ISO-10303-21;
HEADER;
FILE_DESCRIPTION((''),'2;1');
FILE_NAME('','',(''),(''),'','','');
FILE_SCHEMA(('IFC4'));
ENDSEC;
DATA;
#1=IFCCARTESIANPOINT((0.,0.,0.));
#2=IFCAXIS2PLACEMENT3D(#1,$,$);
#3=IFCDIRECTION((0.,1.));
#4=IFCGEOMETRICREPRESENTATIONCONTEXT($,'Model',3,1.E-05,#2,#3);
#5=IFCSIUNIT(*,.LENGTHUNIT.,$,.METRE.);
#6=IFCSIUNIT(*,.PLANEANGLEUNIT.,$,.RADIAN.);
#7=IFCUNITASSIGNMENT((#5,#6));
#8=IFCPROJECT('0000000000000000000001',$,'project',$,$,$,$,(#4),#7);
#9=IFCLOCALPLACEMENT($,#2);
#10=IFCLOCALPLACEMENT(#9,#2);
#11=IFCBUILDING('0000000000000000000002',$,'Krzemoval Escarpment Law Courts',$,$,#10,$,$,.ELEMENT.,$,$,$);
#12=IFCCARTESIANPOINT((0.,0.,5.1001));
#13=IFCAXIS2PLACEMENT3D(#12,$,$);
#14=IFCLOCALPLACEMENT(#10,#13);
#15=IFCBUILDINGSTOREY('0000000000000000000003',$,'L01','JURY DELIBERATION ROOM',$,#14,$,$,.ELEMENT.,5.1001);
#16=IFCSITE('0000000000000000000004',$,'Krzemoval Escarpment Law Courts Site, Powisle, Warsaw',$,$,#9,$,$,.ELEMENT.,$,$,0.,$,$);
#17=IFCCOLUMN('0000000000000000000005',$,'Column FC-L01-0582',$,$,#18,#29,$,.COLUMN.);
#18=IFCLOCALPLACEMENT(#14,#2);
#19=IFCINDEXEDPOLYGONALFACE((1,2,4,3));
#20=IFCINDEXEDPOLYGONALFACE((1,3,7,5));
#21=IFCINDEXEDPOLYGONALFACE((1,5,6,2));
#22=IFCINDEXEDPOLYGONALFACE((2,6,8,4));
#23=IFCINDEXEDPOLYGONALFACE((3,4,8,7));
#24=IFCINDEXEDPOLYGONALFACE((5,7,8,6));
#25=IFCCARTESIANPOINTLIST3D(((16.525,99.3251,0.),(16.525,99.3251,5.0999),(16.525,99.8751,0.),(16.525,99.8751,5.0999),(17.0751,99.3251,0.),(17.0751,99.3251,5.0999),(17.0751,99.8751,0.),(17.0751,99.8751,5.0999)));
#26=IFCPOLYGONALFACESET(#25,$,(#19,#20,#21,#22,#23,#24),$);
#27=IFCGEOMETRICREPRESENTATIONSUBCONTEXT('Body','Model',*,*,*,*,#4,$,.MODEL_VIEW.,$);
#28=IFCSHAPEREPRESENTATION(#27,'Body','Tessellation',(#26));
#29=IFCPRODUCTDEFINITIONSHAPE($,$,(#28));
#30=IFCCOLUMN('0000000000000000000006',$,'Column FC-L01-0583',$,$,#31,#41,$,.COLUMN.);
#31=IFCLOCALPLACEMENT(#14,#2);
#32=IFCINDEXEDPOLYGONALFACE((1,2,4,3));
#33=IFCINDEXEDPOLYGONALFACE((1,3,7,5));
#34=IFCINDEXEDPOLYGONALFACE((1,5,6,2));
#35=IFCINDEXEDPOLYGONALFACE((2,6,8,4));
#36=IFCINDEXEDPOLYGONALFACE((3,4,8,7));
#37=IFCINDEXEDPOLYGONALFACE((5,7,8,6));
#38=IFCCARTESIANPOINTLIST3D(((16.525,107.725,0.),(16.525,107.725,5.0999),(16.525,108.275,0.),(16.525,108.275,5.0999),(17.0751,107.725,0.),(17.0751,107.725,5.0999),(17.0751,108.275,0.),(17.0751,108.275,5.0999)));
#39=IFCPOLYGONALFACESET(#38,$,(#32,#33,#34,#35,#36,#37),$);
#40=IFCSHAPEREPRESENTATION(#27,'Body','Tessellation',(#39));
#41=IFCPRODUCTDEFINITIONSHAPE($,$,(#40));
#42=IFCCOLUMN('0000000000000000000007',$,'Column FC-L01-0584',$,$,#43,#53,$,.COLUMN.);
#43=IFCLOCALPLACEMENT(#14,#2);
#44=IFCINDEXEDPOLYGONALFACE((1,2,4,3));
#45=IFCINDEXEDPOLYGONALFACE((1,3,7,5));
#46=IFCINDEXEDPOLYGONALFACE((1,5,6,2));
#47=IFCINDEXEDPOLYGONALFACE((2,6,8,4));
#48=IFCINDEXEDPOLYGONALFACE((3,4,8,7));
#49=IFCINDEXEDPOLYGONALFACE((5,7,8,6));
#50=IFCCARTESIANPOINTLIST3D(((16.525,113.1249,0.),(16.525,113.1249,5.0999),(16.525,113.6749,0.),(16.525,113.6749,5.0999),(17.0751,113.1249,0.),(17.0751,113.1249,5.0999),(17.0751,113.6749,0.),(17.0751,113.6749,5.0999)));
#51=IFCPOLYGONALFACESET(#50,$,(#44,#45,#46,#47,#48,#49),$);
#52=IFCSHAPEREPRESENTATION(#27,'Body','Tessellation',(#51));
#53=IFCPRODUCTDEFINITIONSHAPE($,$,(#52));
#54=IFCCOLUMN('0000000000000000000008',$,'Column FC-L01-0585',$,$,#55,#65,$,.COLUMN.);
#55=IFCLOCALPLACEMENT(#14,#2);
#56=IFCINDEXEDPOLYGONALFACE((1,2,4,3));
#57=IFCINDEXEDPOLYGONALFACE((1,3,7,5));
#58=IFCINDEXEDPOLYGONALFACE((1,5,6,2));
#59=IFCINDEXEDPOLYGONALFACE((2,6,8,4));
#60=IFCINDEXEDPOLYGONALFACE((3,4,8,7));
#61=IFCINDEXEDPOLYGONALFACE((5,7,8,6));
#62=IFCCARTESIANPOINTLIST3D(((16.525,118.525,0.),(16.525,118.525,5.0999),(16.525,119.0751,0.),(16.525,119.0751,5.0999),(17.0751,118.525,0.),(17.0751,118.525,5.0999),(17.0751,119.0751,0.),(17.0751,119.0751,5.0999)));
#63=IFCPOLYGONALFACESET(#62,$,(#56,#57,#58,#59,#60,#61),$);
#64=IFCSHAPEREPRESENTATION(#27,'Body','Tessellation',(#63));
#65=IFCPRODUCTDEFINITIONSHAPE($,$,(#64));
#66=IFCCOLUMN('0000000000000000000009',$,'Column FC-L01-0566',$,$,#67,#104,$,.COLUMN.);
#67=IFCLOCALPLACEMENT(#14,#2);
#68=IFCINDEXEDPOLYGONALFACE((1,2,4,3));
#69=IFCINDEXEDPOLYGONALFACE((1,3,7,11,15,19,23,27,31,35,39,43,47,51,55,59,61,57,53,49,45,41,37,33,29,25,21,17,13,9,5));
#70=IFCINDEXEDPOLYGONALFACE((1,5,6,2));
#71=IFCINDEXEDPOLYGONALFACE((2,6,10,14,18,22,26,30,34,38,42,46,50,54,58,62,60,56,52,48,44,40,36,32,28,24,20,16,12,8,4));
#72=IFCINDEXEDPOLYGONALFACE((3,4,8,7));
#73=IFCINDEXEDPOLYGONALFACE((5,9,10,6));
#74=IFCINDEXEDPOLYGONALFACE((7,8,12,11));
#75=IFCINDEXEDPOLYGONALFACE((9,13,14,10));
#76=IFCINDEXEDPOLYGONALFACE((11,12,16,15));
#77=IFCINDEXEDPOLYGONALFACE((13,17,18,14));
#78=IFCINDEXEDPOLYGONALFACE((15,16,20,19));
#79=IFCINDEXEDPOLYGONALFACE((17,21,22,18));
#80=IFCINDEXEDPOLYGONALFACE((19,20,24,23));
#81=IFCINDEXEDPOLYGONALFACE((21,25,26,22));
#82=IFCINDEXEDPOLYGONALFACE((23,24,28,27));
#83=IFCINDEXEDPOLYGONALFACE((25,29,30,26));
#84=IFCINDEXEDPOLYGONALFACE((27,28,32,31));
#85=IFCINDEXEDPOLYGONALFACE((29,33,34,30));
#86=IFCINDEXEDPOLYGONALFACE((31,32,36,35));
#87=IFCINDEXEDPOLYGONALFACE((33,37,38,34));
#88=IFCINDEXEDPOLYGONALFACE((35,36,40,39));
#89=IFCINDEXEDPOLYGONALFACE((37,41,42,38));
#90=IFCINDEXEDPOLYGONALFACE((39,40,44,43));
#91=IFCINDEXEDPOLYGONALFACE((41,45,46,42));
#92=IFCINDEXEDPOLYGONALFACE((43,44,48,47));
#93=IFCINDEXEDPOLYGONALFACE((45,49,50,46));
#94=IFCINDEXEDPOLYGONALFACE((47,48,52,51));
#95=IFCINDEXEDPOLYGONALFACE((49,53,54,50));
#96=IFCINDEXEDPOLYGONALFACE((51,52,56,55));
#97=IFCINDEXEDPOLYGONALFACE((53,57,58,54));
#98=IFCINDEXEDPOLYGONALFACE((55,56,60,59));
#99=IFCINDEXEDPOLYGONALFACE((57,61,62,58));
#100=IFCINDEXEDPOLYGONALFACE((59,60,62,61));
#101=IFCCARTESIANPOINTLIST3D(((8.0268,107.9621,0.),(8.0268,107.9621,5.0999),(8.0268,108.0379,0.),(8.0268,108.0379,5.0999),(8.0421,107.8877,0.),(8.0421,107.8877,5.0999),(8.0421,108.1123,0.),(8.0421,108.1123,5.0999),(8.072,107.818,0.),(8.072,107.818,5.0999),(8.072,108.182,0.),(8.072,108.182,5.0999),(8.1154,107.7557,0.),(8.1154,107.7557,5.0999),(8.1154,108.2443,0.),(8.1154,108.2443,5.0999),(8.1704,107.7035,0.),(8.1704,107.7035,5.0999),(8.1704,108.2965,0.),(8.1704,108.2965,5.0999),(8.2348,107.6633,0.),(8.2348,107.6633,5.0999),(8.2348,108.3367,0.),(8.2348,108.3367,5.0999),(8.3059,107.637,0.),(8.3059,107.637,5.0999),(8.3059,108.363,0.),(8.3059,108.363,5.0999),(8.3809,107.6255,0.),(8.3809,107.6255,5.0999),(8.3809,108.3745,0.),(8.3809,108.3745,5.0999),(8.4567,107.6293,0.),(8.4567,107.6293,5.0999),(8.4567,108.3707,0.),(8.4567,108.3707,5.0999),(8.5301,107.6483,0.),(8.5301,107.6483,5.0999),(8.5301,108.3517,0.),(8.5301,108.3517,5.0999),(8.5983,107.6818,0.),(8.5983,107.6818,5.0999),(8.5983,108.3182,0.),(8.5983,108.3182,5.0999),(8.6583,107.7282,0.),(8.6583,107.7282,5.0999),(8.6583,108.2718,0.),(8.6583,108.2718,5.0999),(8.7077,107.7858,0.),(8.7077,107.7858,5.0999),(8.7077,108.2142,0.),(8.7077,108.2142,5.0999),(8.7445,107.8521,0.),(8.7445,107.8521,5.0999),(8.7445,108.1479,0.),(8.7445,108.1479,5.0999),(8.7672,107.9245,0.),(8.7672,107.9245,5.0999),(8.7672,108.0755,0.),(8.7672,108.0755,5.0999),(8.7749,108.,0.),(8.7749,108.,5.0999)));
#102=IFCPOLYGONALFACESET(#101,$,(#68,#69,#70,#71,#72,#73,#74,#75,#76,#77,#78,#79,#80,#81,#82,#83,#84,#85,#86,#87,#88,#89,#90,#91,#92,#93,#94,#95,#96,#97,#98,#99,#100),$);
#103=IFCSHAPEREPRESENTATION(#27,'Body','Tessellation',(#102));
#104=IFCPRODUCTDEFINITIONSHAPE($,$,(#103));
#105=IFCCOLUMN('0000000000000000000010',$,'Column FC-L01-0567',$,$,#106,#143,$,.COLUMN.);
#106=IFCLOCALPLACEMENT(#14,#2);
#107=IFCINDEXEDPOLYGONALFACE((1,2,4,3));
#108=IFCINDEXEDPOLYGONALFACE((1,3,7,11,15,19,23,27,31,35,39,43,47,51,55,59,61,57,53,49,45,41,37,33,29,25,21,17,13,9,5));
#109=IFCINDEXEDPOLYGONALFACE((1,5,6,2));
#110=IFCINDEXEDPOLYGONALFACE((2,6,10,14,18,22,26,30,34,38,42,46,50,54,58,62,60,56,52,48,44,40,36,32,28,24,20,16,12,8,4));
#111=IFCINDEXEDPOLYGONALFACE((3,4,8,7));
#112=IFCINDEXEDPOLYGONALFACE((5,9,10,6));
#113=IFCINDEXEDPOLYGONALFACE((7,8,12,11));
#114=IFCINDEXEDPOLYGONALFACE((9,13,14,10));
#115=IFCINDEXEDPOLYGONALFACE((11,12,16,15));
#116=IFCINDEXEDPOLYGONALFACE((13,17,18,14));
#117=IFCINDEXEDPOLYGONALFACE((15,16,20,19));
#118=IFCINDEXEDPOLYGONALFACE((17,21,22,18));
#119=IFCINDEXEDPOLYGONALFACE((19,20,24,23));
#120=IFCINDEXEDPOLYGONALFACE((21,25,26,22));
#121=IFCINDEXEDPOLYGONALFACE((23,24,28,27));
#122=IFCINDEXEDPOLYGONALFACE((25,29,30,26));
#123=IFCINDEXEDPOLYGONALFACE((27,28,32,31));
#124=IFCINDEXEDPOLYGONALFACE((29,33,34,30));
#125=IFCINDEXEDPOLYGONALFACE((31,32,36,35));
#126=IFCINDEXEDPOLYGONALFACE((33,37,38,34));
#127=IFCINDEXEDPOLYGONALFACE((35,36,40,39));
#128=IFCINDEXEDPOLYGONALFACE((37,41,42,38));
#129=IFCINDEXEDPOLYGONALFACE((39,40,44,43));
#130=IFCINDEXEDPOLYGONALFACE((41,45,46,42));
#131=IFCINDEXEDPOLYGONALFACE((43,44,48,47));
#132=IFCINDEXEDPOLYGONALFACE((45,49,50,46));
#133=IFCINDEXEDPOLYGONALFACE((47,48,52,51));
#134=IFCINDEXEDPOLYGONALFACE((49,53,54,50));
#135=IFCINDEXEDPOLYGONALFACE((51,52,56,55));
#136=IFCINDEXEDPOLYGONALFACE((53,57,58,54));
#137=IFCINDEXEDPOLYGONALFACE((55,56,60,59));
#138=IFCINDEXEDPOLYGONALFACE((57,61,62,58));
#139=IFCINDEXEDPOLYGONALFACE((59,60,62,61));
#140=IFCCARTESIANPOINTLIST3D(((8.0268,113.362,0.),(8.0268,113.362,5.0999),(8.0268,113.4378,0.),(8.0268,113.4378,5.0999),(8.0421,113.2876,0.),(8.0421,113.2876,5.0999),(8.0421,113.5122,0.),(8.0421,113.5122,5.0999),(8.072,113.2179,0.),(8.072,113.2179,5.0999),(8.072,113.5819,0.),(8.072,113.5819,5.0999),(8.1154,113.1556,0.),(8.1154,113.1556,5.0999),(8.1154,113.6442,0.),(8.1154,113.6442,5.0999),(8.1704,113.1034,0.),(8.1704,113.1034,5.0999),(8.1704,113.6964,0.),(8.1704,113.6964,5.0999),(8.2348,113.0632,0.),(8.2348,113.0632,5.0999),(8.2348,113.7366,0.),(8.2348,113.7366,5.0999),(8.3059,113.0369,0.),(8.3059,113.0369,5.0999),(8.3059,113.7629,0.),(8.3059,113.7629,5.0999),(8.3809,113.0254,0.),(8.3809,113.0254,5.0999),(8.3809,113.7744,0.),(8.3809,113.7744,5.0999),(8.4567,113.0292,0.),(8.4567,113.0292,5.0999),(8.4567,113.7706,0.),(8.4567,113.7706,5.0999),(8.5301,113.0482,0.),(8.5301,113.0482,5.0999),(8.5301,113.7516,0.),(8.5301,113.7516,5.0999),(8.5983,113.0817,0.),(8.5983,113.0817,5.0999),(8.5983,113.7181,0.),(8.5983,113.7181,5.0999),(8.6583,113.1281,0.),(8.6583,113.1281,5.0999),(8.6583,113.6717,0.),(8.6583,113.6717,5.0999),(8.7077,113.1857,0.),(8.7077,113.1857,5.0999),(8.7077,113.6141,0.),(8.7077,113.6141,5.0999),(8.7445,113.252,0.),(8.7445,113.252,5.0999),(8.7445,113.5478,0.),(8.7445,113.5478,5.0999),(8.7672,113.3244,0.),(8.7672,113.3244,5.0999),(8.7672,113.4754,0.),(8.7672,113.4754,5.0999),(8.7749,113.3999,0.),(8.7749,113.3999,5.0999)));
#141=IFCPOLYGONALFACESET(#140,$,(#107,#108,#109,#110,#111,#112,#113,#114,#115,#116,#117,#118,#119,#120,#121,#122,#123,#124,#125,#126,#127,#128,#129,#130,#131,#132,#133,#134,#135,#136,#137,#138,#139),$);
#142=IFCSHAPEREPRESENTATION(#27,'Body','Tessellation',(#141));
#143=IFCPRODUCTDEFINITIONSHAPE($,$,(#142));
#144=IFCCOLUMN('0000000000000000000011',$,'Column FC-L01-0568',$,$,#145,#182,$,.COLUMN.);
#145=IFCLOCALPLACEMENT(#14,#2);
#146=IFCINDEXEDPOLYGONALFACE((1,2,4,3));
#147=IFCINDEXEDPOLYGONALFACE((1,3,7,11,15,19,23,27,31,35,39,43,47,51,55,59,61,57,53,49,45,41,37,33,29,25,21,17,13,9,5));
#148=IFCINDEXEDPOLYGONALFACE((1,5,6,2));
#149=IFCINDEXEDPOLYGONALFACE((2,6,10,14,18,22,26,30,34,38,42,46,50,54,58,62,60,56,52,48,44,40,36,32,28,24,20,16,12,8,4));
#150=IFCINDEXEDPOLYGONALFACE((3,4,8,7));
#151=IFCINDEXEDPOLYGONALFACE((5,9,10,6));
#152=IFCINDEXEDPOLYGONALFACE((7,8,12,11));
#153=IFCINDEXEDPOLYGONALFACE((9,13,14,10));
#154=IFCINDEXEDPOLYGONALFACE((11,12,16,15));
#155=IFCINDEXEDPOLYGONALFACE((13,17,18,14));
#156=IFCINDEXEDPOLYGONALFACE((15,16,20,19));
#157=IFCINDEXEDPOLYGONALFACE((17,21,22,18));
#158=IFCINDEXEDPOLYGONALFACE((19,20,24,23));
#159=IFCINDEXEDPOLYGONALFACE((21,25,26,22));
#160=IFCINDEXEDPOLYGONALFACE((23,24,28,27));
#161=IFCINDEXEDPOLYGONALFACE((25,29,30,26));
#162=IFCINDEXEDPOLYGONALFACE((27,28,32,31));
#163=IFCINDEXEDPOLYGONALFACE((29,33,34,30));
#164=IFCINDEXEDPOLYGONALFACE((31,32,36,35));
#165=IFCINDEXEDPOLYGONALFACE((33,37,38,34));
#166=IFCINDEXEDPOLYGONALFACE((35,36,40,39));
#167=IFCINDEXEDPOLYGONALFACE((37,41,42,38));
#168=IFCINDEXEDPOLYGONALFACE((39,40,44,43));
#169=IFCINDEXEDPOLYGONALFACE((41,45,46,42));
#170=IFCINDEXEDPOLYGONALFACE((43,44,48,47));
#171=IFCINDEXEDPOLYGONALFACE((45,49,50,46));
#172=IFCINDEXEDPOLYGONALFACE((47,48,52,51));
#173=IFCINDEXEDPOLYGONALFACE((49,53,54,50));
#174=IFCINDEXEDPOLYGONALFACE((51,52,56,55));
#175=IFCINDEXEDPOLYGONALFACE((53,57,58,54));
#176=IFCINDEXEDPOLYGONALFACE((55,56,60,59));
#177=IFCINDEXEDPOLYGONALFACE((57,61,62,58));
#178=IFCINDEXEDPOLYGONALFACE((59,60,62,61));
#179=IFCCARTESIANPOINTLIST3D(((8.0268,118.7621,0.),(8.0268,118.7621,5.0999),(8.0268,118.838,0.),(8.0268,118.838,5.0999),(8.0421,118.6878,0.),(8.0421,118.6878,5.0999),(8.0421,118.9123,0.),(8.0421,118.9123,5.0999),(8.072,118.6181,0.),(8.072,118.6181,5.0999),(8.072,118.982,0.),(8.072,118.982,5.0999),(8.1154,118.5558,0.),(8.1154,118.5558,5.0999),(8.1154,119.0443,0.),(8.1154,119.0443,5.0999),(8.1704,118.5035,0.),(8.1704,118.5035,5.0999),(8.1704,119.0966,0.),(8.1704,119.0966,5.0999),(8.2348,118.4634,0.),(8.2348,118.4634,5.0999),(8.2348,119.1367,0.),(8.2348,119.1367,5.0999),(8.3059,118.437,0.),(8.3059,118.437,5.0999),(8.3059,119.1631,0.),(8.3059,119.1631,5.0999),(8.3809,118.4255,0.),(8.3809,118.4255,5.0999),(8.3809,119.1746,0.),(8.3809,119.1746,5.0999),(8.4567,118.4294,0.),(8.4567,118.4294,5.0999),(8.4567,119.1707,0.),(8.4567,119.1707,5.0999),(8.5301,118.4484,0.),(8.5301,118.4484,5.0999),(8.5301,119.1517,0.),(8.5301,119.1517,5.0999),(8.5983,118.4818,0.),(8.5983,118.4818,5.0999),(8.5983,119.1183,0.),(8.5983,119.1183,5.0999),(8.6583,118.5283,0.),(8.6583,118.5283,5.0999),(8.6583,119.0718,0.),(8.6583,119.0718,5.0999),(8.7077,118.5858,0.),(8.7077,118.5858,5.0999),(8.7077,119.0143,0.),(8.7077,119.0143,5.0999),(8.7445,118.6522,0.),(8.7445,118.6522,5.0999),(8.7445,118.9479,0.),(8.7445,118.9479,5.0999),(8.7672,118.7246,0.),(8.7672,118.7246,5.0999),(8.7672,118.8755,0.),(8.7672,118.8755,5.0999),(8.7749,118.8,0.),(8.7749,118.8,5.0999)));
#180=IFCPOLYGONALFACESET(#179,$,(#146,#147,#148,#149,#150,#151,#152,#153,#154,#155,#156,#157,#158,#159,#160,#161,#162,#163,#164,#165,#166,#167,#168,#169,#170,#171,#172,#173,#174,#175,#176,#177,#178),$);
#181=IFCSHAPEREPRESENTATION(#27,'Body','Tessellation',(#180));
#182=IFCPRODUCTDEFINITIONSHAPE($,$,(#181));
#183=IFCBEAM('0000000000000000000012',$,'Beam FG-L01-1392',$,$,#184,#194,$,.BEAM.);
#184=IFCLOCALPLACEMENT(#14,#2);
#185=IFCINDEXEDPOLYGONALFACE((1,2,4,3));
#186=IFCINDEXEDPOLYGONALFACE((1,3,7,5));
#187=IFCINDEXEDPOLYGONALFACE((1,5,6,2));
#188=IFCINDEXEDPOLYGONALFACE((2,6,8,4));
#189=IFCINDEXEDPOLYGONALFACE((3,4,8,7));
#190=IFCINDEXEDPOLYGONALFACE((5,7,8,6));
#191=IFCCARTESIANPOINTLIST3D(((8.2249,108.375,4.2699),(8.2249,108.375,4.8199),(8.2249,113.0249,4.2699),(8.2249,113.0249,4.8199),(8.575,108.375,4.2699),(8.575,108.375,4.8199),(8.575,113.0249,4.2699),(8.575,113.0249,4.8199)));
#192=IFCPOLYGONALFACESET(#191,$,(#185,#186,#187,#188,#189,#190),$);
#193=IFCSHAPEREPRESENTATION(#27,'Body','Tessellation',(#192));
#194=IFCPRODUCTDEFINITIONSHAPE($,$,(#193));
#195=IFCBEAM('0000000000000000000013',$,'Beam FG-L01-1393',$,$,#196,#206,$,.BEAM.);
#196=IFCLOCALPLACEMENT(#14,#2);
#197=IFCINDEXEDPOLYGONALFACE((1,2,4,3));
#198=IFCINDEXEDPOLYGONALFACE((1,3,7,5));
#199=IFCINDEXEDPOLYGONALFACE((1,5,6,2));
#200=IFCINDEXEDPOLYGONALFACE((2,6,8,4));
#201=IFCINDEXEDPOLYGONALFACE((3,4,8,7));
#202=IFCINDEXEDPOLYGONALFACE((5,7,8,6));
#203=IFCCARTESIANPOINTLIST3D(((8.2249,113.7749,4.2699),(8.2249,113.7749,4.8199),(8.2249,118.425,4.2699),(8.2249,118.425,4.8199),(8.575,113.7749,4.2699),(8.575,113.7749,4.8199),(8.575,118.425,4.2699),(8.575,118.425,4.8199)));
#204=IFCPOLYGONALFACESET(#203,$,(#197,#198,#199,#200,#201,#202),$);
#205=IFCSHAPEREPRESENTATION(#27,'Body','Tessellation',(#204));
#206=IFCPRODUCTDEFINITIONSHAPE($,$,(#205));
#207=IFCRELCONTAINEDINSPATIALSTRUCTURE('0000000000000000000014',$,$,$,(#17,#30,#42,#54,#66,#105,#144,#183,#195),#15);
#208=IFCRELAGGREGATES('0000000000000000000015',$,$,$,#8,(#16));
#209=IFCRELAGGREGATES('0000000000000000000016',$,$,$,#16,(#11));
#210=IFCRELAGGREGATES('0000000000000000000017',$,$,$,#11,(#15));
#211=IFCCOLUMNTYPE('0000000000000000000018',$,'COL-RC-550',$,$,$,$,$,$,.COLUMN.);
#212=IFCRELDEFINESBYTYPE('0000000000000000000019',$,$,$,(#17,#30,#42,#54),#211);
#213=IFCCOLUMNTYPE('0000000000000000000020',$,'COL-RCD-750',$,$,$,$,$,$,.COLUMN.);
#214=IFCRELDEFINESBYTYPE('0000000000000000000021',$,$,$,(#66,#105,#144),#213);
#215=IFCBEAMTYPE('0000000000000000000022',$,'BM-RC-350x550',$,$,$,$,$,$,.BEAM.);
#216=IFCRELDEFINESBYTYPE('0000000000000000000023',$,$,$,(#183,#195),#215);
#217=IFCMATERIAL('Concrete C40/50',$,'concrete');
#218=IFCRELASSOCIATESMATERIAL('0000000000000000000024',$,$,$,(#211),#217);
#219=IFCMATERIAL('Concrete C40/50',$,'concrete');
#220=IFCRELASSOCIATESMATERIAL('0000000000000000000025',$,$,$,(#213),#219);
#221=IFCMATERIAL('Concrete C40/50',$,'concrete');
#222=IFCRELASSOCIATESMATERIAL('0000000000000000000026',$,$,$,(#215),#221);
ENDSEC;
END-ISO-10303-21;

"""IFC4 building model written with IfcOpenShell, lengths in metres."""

from ifc_helpers import new_model, si_unit, direction, frame, origin, origin_2d, place, context, subcontext, project, spatial, rectangle, circle, extrude, material, material_profile, profile_set, type_object, element, save


model = new_model("IFC4")

# Units and contexts
model_context = context("Model", 3, precision=1e-05, world=origin(), true_north=direction((0.0, 1.0)))
body_context = subcontext(model_context, "Body", "Model", "MODEL_VIEW")
ifc_project = project(units=[si_unit("LENGTHUNIT", "METRE"), si_unit("PLANEANGLEUNIT", "RADIAN")], contexts=[model_context])

# Site, building, storey
site_placement = place(None, origin())
site = spatial("IfcSite", under=ifc_project, at=site_placement, Name="Krzemoval Escarpment Law Courts Site, Powisle, Warsaw", CompositionType="ELEMENT", RefElevation=0.0)
building_placement = place(site_placement, origin())
building = spatial("IfcBuilding", under=site, at=building_placement, Name="Krzemoval Escarpment Law Courts", CompositionType="ELEMENT")
storey_placement = place(building_placement, frame((0.0, 0.0, 5.1001)))
storey = spatial("IfcBuildingStorey", under=building, at=storey_placement, Name="L01", Description="JURY DELIBERATION ROOM", CompositionType="ELEMENT", Elevation=5.1001)

# Columns
ifc_material_1 = material(Name="Concrete C40/50", Category="concrete")
ifc_material_profile_1 = material_profile(ifc_material_1, rectangle(XDim=0.55, YDim=0.55, at=origin_2d()), Name="RC 550x550")
ifc_profile_set_1 = profile_set([ifc_material_profile_1], Name="Concrete C40/50")
column_type_1 = type_object("IfcColumnType", Name="COL-RC-550", PredefinedType="COLUMN", material=ifc_profile_set_1)
for number, where, z_axis, x_axis, name in (
    (1, (16.8, 99.6001, 0.0), (0.0, 0.0, 1.0), (1.0, 0.0, 0.0), "Column FC-L01-0582"),
    (2, (16.8, 108.0, 0.0), (0.0, 0.0, 1.0), (1.0, 0.0, 0.0), "Column FC-L01-0583"),
    (3, (16.8, 113.3999, 0.0), (0.0, 0.0, 1.0), (1.0, 0.0, 0.0), "Column FC-L01-0584"),
    (4, (16.8, 118.8, 0.0), (0.0, 0.0, 1.0), (1.0, 0.0, 0.0), "Column FC-L01-0585"),
):
    element("IfcColumn", number, at=place(storey_placement, frame(where, z_axis=z_axis, x_axis=x_axis)), inside=storey, type_object=column_type_1, Name=name, PredefinedType="COLUMN", context=body_context, shape_type="SweptSolid", body=[
        extrude(rectangle(XDim=0.55, YDim=0.55, at=origin_2d()), origin(), (0.0, 0.0, 1.0), 5.0999),
    ])
ifc_material_2 = material(Name="Concrete C40/50", Category="concrete")
ifc_material_profile_2 = material_profile(ifc_material_2, circle(Radius=0.375, at=origin_2d()), Name="RC D750")
ifc_profile_set_2 = profile_set([ifc_material_profile_2], Name="Concrete C40/50")
column_type_2 = type_object("IfcColumnType", Name="COL-RCD-750", PredefinedType="COLUMN", material=ifc_profile_set_2)
for number, where, z_axis, x_axis, name in (
    (5, (8.3999, 108.0, 0.0), (0.0, 0.0, 1.0), (1.0, 0.0, 0.0), "Column FC-L01-0566"),
    (6, (8.3999, 113.3999, 0.0), (0.0, 0.0, 1.0), (1.0, 0.0, 0.0), "Column FC-L01-0567"),
    (7, (8.3999, 118.8, 0.0), (0.0, 0.0, 1.0), (1.0, 0.0, 0.0), "Column FC-L01-0568"),
):
    element("IfcColumn", number, at=place(storey_placement, frame(where, z_axis=z_axis, x_axis=x_axis)), inside=storey, type_object=column_type_2, Name=name, PredefinedType="COLUMN", context=body_context, shape_type="SweptSolid", body=[
        extrude(circle(Radius=0.375, at=origin_2d()), origin(), (0.0, 0.0, 1.0), 5.0999),
    ])

# Beams
ifc_material_3 = material(Name="Concrete C40/50", Category="concrete")
ifc_material_profile_3 = material_profile(ifc_material_3, rectangle(XDim=0.3501, YDim=0.55, at=origin_2d()), Name="RCB 350x550")
ifc_profile_set_3 = profile_set([ifc_material_profile_3], Name="Concrete C40/50")
beam_type_1 = type_object("IfcBeamType", Name="BM-RC-350x550", PredefinedType="BEAM", material=ifc_profile_set_3)
beam_1_placement = place(storey_placement, frame((8.3999, 108.375, 4.5449), z_axis=(0.0, 1.0, 0.0), x_axis=(-1.0, 0.0, 0.0)))
element("IfcBeam", 8, at=beam_1_placement, inside=storey, type_object=beam_type_1, Name="Beam FG-L01-1392", PredefinedType="BEAM", context=body_context, shape_type="SweptSolid", body=[
    extrude(rectangle(XDim=0.3501, YDim=0.55, at=origin_2d()), origin(), (0.0, 0.0, 1.0), 4.6499),
])
beam_2_placement = place(storey_placement, frame((8.3999, 113.7749, 4.5449), z_axis=(0.0, 1.0, 0.0), x_axis=(-1.0, 0.0, 0.0)))
element("IfcBeam", 9, at=beam_2_placement, inside=storey, type_object=beam_type_1, Name="Beam FG-L01-1393", PredefinedType="BEAM", context=body_context, shape_type="SweptSolid", body=[
    extrude(rectangle(XDim=0.3501, YDim=0.55, at=origin_2d()), origin(), (0.0, 0.0, 1.0), 4.6501),
])

save(model, "model.ifc")
